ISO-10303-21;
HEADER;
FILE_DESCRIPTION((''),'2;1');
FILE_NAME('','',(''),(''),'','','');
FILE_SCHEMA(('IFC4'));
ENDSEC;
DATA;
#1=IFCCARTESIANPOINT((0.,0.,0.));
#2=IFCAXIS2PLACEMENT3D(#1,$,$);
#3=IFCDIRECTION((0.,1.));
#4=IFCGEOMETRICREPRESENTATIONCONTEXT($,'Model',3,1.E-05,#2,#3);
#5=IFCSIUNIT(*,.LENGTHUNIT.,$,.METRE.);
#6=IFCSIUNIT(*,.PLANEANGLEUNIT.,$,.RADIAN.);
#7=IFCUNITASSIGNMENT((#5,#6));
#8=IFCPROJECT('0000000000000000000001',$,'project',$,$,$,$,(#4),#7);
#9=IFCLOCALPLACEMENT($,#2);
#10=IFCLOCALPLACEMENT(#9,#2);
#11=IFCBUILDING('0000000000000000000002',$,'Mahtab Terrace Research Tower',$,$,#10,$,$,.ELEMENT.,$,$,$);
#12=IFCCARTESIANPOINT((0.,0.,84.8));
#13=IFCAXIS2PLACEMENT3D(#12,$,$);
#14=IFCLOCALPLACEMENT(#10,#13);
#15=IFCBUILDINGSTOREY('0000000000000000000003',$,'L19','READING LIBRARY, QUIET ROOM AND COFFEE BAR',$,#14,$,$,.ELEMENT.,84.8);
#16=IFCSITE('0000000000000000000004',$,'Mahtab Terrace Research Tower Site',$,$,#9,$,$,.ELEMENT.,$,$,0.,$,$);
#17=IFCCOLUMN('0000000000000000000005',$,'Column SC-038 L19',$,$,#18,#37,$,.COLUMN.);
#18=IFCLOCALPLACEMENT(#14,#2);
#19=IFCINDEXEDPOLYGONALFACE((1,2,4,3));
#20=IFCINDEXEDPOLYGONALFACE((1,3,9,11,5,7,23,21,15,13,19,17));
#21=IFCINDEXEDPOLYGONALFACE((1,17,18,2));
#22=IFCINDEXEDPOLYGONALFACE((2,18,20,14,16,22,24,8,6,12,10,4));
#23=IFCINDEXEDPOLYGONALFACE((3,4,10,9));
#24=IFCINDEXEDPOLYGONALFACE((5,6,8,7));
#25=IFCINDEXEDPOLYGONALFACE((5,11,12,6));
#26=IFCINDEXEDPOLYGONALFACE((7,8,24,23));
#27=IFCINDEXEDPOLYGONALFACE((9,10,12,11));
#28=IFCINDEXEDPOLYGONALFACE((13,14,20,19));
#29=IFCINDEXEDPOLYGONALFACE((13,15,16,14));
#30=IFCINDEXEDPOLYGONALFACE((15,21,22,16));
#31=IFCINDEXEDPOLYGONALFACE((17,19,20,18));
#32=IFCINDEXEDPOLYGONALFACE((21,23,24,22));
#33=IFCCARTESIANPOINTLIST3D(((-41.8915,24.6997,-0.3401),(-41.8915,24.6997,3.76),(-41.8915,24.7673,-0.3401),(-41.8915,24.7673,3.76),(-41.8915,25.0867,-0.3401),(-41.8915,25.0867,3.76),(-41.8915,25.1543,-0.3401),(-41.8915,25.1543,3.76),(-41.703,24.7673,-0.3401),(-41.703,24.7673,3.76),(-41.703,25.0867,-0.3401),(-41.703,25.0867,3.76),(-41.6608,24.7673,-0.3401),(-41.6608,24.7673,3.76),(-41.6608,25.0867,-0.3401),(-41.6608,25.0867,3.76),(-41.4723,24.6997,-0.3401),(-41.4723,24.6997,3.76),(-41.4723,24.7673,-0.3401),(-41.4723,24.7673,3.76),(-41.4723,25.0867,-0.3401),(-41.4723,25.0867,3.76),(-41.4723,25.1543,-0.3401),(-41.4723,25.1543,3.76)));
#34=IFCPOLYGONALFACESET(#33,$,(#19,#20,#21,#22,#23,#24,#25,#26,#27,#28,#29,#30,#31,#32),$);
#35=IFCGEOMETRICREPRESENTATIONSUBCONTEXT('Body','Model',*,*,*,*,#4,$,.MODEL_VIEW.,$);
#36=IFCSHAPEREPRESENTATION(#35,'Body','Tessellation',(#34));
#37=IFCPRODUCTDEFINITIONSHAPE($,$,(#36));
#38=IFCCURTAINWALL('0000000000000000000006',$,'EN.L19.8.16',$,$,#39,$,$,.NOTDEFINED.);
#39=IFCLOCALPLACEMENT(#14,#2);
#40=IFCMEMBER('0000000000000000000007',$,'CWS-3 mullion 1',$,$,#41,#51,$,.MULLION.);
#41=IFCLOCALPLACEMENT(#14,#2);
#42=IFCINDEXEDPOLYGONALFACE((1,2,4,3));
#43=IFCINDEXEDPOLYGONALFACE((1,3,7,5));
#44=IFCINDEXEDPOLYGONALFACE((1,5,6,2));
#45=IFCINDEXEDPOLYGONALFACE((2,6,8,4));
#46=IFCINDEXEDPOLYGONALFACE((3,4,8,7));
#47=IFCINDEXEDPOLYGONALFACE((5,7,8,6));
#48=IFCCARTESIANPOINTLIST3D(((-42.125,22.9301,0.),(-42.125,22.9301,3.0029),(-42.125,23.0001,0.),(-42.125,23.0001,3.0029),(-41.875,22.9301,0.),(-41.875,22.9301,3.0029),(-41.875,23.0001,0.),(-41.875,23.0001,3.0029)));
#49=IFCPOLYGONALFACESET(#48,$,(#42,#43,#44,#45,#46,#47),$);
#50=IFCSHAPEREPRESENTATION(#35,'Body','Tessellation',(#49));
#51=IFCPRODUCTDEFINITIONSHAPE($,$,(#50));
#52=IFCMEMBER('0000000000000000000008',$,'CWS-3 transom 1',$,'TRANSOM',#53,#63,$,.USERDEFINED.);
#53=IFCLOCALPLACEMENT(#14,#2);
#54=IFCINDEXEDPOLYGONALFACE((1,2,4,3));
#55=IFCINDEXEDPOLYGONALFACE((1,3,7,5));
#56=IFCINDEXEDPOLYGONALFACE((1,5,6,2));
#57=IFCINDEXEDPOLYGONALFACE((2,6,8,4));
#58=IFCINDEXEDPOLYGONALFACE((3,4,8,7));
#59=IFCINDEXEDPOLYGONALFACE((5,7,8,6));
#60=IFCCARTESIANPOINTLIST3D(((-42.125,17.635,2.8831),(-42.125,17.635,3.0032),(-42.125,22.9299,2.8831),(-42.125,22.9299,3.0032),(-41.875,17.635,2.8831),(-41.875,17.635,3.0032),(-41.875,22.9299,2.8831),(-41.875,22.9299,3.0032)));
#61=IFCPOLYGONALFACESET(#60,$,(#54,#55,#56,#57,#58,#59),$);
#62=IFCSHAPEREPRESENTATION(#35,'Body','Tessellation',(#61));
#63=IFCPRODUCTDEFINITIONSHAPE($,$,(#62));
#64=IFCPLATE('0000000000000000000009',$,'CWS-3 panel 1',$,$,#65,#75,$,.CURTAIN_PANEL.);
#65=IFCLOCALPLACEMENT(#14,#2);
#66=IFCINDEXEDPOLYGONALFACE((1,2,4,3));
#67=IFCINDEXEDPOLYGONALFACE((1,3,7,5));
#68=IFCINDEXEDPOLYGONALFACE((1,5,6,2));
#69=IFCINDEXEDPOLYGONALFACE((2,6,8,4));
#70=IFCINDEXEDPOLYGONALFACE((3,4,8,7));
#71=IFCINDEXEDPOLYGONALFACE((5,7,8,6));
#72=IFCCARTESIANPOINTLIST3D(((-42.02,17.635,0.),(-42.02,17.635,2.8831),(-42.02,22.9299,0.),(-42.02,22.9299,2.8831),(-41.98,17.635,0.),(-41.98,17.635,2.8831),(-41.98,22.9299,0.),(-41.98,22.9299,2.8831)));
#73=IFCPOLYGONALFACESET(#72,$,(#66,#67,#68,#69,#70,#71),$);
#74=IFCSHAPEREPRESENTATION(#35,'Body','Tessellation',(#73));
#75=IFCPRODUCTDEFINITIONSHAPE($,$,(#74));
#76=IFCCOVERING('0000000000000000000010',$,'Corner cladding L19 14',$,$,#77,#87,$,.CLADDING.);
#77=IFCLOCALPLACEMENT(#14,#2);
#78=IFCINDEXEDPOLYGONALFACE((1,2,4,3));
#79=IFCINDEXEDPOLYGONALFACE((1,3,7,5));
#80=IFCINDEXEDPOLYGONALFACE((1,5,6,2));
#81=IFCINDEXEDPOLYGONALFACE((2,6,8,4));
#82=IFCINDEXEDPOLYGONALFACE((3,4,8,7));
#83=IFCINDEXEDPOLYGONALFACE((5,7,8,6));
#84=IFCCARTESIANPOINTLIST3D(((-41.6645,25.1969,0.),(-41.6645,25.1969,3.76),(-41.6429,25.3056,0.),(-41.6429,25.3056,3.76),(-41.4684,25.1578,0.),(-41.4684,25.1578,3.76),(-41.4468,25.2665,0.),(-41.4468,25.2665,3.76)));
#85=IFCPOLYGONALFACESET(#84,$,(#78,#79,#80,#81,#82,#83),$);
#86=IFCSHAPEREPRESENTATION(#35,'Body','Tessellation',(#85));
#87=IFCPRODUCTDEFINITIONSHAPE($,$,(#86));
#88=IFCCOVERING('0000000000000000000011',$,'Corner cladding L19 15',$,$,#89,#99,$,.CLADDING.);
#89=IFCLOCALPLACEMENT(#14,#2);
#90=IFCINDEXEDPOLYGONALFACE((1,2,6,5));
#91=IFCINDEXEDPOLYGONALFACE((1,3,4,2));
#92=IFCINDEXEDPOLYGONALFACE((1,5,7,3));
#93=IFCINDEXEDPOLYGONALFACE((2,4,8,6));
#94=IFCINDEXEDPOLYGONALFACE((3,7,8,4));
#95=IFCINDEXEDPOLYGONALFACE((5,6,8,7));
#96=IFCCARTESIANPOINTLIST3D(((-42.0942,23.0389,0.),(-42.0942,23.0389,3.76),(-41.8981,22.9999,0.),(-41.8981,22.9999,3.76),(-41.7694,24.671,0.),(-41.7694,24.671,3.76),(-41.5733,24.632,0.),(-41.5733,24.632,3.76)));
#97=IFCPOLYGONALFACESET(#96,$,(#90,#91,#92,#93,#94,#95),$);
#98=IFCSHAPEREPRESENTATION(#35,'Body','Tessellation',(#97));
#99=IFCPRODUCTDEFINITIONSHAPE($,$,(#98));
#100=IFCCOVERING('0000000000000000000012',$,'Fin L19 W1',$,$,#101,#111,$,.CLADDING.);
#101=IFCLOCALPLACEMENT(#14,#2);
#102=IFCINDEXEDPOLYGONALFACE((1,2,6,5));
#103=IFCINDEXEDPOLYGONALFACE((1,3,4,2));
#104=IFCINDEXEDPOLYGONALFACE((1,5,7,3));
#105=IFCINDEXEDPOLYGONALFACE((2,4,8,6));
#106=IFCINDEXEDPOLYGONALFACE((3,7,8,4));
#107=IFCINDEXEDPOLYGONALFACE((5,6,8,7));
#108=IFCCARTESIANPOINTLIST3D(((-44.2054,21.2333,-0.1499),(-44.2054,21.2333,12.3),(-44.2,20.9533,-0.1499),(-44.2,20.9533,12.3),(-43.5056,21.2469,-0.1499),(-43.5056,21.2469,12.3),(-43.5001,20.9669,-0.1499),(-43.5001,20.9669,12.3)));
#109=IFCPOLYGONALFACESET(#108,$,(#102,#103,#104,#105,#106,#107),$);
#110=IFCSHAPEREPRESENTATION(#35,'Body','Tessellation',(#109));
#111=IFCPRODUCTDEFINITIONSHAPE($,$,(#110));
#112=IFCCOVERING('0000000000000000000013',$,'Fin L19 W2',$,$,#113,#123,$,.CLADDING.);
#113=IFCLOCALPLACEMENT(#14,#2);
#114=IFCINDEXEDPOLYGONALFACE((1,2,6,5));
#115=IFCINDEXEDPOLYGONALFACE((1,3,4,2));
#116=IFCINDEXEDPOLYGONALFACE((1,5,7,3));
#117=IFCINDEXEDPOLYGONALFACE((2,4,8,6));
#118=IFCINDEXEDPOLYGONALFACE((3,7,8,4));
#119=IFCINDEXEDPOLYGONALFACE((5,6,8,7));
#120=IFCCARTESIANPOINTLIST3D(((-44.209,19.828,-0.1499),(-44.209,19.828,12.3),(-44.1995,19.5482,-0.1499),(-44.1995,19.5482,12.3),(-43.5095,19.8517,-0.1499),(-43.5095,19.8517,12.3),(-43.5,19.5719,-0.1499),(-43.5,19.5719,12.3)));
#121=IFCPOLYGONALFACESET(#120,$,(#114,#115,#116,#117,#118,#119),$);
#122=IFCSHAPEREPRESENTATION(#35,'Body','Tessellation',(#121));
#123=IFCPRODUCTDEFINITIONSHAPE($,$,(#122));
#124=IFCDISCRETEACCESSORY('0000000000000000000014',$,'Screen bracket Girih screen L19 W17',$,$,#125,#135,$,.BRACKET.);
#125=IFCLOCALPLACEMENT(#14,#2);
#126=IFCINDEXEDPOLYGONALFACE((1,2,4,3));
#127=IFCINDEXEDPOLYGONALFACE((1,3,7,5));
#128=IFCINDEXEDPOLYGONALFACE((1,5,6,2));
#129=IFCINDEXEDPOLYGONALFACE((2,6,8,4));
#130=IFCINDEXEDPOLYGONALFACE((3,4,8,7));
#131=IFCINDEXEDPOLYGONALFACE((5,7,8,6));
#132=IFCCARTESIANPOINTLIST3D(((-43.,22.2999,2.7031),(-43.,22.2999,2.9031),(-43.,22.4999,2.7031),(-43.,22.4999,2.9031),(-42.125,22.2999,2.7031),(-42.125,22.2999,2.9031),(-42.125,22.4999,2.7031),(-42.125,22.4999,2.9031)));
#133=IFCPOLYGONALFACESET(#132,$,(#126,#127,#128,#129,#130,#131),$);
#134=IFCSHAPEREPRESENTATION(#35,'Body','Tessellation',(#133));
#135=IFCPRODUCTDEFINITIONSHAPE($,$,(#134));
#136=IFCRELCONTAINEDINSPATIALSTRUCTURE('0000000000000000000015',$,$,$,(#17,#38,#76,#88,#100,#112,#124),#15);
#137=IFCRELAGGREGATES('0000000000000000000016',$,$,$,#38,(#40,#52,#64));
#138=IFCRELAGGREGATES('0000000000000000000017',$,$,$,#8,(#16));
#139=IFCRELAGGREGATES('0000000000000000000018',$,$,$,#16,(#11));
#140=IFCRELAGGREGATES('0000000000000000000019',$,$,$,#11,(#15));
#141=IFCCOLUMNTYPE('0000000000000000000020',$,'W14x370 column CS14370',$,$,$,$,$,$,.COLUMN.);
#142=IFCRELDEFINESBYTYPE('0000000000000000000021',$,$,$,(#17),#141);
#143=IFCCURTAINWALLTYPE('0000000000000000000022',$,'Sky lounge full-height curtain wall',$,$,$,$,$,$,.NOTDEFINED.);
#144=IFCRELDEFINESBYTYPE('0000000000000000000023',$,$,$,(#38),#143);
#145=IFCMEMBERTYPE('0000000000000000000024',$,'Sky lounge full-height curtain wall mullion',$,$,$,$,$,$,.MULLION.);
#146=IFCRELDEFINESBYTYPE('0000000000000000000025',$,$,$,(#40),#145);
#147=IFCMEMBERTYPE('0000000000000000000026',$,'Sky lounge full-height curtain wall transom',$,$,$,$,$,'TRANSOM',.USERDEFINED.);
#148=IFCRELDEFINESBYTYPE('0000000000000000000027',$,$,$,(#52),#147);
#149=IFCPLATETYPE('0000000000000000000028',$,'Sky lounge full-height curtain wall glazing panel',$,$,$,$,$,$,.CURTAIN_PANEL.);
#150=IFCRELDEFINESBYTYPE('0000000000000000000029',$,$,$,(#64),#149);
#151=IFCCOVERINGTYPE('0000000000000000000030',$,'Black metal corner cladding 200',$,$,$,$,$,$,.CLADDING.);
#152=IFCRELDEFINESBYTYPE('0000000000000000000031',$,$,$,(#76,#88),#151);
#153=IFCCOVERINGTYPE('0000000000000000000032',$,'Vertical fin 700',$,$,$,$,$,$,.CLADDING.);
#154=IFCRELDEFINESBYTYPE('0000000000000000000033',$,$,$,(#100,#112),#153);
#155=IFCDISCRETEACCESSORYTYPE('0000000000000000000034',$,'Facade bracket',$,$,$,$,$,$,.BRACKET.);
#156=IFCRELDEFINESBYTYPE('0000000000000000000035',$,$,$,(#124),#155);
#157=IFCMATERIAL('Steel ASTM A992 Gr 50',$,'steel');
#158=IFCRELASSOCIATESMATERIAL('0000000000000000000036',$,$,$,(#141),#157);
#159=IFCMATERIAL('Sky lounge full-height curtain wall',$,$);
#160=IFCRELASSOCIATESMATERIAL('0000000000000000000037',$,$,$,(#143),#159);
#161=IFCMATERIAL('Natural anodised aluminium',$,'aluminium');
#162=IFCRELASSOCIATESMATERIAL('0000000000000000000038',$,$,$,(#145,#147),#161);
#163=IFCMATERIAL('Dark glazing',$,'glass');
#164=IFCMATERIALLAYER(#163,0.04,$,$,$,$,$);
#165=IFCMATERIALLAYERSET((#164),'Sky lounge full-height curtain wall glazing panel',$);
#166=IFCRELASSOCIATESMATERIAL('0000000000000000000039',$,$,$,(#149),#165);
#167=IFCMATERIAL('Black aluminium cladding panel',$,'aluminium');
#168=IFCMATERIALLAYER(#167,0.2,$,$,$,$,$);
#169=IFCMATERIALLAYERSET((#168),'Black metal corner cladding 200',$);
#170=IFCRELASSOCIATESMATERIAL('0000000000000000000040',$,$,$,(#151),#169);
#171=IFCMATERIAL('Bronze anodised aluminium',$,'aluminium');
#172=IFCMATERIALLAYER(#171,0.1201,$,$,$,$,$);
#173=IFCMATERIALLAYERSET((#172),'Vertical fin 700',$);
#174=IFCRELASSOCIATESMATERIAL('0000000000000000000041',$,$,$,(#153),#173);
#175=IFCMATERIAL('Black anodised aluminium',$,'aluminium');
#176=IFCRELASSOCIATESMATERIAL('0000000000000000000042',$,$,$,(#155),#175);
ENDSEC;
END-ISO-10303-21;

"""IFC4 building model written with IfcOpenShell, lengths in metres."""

from ifc_helpers import new_model, si_unit, direction, frame, origin, origin_2d, place, context, subcontext, project, spatial, rectangle, i_section, extrude, material, layer, layer_set, material_profile, profile_set, type_object, element, aggregate, save


model = new_model("IFC4")

# Units and contexts
model_context = context("Model", 3, precision=1e-05, world=origin(), true_north=direction((0.0, 1.0)))
body_context = subcontext(model_context, "Body", "Model", "MODEL_VIEW")
ifc_project = project(units=[si_unit("LENGTHUNIT", "METRE"), si_unit("PLANEANGLEUNIT", "RADIAN")], contexts=[model_context])

# Site, building, storey
site_placement = place(None, origin())
site = spatial("IfcSite", under=ifc_project, at=site_placement, Name="Mahtab Terrace Research Tower Site", CompositionType="ELEMENT", RefElevation=0.0)
building_placement = place(site_placement, origin())
building = spatial("IfcBuilding", under=site, at=building_placement, Name="Mahtab Terrace Research Tower", CompositionType="ELEMENT")
storey_placement = place(building_placement, frame((0.0, 0.0, 84.8)))
storey = spatial("IfcBuildingStorey", under=building, at=storey_placement, Name="L19", Description="READING LIBRARY, QUIET ROOM AND COFFEE BAR", CompositionType="ELEMENT", Elevation=84.8)

# Column
ifc_material_1 = material(Name="Steel ASTM A992 Gr 50", Category="steel")
ifc_material_profile_1 = material_profile(ifc_material_1, i_section(OverallWidth=0.4192, OverallDepth=0.4546, WebThickness=0.0422, FlangeThickness=0.0676, at=origin_2d()), Name="W14X370")
ifc_profile_set_1 = profile_set([ifc_material_profile_1], Name="Steel ASTM A992 Gr 50")
column_type = type_object("IfcColumnType", Name="W14x370 column CS14370", PredefinedType="COLUMN", material=ifc_profile_set_1)
column_placement = place(storey_placement, frame((-41.6819, 24.927, -0.3401), z_axis=(0.0, 0.0, 1.0), x_axis=(1.0, 0.0, 0.0)))
element("IfcColumn", 1, at=column_placement, inside=storey, type_object=column_type, Name="Column SC-038 L19", PredefinedType="COLUMN", context=body_context, shape_type="SweptSolid", body=[
    extrude(i_section(OverallWidth=0.4192, OverallDepth=0.4546, WebThickness=0.0422, FlangeThickness=0.0676, at=origin_2d()), origin(), (0.0, 0.0, 1.0), 4.1001),
])

# Curtain wall, members, plate
ifc_material_2 = material(Name="Sky lounge full-height curtain wall")
curtain_wall_type = type_object("IfcCurtainWallType", Name="Sky lounge full-height curtain wall", PredefinedType="NOTDEFINED", material=ifc_material_2)
curtain_wall_placement = place(storey_placement, origin())
curtain_wall = element("IfcCurtainWall", 2, at=curtain_wall_placement, inside=storey, type_object=curtain_wall_type, Name="EN.L19.8.16", PredefinedType="NOTDEFINED")
ifc_material_3 = material(Name="Natural anodised aluminium", Category="aluminium")
ifc_material_profile_2 = material_profile(ifc_material_3, rectangle(XDim=0.25, YDim=0.0701, at=origin_2d()), Name="MULLION 70x250")
ifc_profile_set_2 = profile_set([ifc_material_profile_2], Name="Natural anodised aluminium")
member_type_1 = type_object("IfcMemberType", Name="Sky lounge full-height curtain wall mullion", PredefinedType="MULLION", material=ifc_profile_set_2)
member_1_placement = place(storey_placement, frame((-42.0, 22.9651, 0.0), z_axis=(0.0, 0.0, 1.0), x_axis=(1.0, 0.0, 0.0)))
member_1 = element("IfcMember", 3, at=member_1_placement, type_object=member_type_1, Name="CWS-3 mullion 1", PredefinedType="MULLION", context=body_context, shape_type="SweptSolid", body=[
    extrude(rectangle(XDim=0.25, YDim=0.0701, at=origin_2d()), origin(), (0.0, 0.0, 1.0), 3.0029),
])
ifc_material_profile_3 = material_profile(ifc_material_3, rectangle(XDim=0.25, YDim=0.1201, at=origin_2d()), Name="TRANSOM 120x250")
ifc_profile_set_3 = profile_set([ifc_material_profile_3], Name="Natural anodised aluminium")
member_type_2 = type_object("IfcMemberType", Name="Sky lounge full-height curtain wall transom", ElementType="TRANSOM", PredefinedType="USERDEFINED", material=ifc_profile_set_3)
member_2_placement = place(storey_placement, frame((-42.0, 22.9299, 2.9431), z_axis=(0.0, -1.0, 0.0), x_axis=(1.0, 0.0, 0.0)))
member_2 = element("IfcMember", 4, at=member_2_placement, type_object=member_type_2, Name="CWS-3 transom 1", ObjectType="TRANSOM", PredefinedType="USERDEFINED", context=body_context, shape_type="SweptSolid", body=[
    extrude(rectangle(XDim=0.25, YDim=0.1201, at=origin_2d()), origin(), (0.0, 0.0, 1.0), 5.2949),
])
ifc_material_4 = material(Name="Dark glazing", Category="glass")
ifc_layer_1 = layer(ifc_material_4, 0.04)
ifc_layer_set_1 = layer_set([ifc_layer_1], Name="Sky lounge full-height curtain wall glazing panel")
plate_type = type_object("IfcPlateType", Name="Sky lounge full-height curtain wall glazing panel", PredefinedType="CURTAIN_PANEL", material=ifc_layer_set_1)
plate_placement = place(storey_placement, frame((-42.0, 20.2825, 0.0), z_axis=(0.0, 0.0, 1.0), x_axis=(0.0, -1.0, 0.0)))
plate = element("IfcPlate", 5, at=plate_placement, type_object=plate_type, Name="CWS-3 panel 1", PredefinedType="CURTAIN_PANEL", context=body_context, shape_type="SweptSolid", body=[
    extrude(rectangle(XDim=5.2949, YDim=0.04, at=origin_2d()), origin(), (0.0, 0.0, 1.0), 2.8831),
])
aggregate(curtain_wall, [member_1, member_2, plate])

# Coverings
ifc_material_5 = material(Name="Black aluminium cladding panel", Category="aluminium")
ifc_layer_2 = layer(ifc_material_5, 0.2)
ifc_layer_set_2 = layer_set([ifc_layer_2], Name="Black metal corner cladding 200")
covering_type_1 = type_object("IfcCoveringType", Name="Black metal corner cladding 200", PredefinedType="CLADDING", material=ifc_layer_set_2)
covering_1_placement = place(storey_placement, frame((-41.5557, 25.2317, 0.0), z_axis=(0.0, 0.0, 1.0), x_axis=(-0.195212, -0.980761, 0.0)))
element("IfcCovering", 6, at=covering_1_placement, inside=storey, type_object=covering_type_1, Name="Corner cladding L19 14", PredefinedType="CLADDING", context=body_context, shape_type="SweptSolid", body=[
    extrude(rectangle(XDim=0.1108, YDim=0.2, at=origin_2d()), origin(), (0.0, 0.0, 1.0), 3.76),
])
covering_2_placement = place(storey_placement, frame((-41.8337, 23.8354, 0.0), z_axis=(0.0, 0.0, 1.0), x_axis=(-0.195212, -0.980761, 0.0)))
element("IfcCovering", 7, at=covering_2_placement, inside=storey, type_object=covering_type_1, Name="Corner cladding L19 15", PredefinedType="CLADDING", context=body_context, shape_type="SweptSolid", body=[
    extrude(rectangle(XDim=1.6641, YDim=0.2, at=origin_2d()), origin(), (0.0, 0.0, 1.0), 3.76),
])
ifc_material_6 = material(Name="Bronze anodised aluminium", Category="aluminium")
ifc_layer_3 = layer(ifc_material_6, 0.1201)
ifc_layer_set_3 = layer_set([ifc_layer_3], Name="Vertical fin 700")
covering_type_2 = type_object("IfcCoveringType", Name="Vertical fin 700", PredefinedType="CLADDING", material=ifc_layer_set_3)
for number, where, z_axis, x_axis, name in (
    (8, (-43.8528, 21.1001, -0.1499), (0.0, 0.0, 1.0), (0.019505, -0.99981, 0.0), "Fin L19 W1"),
    (9, (-43.8545, 19.7, -0.1499), (0.0, 0.0, 1.0), (0.033873, -0.999426, 0.0), "Fin L19 W2"),
):
    element("IfcCovering", number, at=place(storey_placement, frame(where, z_axis=z_axis, x_axis=x_axis)), inside=storey, type_object=covering_type_2, Name=name, PredefinedType="CLADDING", context=body_context, shape_type="SweptSolid", body=[
        extrude(rectangle(XDim=0.28, YDim=0.7, at=origin_2d()), origin(), (0.0, 0.0, 1.0), 12.45),
    ])

# Discrete accessory
ifc_material_7 = material(Name="Black anodised aluminium", Category="aluminium")
discrete_accessory_type = type_object("IfcDiscreteAccessoryType", Name="Facade bracket", PredefinedType="BRACKET", material=ifc_material_7)
discrete_accessory_placement = place(storey_placement, frame((-42.5625, 22.3999, 2.7031), z_axis=(0.0, 0.0, 1.0), x_axis=(0.0, -1.0, 0.0)))
element("IfcDiscreteAccessory", 10, at=discrete_accessory_placement, inside=storey, type_object=discrete_accessory_type, Name="Screen bracket Girih screen L19 W17", PredefinedType="BRACKET", context=body_context, shape_type="SweptSolid", body=[
    extrude(rectangle(XDim=0.2, YDim=0.875, at=origin_2d()), origin(), (0.0, 0.0, 1.0), 0.2),
])

save(model, "model.ifc")
